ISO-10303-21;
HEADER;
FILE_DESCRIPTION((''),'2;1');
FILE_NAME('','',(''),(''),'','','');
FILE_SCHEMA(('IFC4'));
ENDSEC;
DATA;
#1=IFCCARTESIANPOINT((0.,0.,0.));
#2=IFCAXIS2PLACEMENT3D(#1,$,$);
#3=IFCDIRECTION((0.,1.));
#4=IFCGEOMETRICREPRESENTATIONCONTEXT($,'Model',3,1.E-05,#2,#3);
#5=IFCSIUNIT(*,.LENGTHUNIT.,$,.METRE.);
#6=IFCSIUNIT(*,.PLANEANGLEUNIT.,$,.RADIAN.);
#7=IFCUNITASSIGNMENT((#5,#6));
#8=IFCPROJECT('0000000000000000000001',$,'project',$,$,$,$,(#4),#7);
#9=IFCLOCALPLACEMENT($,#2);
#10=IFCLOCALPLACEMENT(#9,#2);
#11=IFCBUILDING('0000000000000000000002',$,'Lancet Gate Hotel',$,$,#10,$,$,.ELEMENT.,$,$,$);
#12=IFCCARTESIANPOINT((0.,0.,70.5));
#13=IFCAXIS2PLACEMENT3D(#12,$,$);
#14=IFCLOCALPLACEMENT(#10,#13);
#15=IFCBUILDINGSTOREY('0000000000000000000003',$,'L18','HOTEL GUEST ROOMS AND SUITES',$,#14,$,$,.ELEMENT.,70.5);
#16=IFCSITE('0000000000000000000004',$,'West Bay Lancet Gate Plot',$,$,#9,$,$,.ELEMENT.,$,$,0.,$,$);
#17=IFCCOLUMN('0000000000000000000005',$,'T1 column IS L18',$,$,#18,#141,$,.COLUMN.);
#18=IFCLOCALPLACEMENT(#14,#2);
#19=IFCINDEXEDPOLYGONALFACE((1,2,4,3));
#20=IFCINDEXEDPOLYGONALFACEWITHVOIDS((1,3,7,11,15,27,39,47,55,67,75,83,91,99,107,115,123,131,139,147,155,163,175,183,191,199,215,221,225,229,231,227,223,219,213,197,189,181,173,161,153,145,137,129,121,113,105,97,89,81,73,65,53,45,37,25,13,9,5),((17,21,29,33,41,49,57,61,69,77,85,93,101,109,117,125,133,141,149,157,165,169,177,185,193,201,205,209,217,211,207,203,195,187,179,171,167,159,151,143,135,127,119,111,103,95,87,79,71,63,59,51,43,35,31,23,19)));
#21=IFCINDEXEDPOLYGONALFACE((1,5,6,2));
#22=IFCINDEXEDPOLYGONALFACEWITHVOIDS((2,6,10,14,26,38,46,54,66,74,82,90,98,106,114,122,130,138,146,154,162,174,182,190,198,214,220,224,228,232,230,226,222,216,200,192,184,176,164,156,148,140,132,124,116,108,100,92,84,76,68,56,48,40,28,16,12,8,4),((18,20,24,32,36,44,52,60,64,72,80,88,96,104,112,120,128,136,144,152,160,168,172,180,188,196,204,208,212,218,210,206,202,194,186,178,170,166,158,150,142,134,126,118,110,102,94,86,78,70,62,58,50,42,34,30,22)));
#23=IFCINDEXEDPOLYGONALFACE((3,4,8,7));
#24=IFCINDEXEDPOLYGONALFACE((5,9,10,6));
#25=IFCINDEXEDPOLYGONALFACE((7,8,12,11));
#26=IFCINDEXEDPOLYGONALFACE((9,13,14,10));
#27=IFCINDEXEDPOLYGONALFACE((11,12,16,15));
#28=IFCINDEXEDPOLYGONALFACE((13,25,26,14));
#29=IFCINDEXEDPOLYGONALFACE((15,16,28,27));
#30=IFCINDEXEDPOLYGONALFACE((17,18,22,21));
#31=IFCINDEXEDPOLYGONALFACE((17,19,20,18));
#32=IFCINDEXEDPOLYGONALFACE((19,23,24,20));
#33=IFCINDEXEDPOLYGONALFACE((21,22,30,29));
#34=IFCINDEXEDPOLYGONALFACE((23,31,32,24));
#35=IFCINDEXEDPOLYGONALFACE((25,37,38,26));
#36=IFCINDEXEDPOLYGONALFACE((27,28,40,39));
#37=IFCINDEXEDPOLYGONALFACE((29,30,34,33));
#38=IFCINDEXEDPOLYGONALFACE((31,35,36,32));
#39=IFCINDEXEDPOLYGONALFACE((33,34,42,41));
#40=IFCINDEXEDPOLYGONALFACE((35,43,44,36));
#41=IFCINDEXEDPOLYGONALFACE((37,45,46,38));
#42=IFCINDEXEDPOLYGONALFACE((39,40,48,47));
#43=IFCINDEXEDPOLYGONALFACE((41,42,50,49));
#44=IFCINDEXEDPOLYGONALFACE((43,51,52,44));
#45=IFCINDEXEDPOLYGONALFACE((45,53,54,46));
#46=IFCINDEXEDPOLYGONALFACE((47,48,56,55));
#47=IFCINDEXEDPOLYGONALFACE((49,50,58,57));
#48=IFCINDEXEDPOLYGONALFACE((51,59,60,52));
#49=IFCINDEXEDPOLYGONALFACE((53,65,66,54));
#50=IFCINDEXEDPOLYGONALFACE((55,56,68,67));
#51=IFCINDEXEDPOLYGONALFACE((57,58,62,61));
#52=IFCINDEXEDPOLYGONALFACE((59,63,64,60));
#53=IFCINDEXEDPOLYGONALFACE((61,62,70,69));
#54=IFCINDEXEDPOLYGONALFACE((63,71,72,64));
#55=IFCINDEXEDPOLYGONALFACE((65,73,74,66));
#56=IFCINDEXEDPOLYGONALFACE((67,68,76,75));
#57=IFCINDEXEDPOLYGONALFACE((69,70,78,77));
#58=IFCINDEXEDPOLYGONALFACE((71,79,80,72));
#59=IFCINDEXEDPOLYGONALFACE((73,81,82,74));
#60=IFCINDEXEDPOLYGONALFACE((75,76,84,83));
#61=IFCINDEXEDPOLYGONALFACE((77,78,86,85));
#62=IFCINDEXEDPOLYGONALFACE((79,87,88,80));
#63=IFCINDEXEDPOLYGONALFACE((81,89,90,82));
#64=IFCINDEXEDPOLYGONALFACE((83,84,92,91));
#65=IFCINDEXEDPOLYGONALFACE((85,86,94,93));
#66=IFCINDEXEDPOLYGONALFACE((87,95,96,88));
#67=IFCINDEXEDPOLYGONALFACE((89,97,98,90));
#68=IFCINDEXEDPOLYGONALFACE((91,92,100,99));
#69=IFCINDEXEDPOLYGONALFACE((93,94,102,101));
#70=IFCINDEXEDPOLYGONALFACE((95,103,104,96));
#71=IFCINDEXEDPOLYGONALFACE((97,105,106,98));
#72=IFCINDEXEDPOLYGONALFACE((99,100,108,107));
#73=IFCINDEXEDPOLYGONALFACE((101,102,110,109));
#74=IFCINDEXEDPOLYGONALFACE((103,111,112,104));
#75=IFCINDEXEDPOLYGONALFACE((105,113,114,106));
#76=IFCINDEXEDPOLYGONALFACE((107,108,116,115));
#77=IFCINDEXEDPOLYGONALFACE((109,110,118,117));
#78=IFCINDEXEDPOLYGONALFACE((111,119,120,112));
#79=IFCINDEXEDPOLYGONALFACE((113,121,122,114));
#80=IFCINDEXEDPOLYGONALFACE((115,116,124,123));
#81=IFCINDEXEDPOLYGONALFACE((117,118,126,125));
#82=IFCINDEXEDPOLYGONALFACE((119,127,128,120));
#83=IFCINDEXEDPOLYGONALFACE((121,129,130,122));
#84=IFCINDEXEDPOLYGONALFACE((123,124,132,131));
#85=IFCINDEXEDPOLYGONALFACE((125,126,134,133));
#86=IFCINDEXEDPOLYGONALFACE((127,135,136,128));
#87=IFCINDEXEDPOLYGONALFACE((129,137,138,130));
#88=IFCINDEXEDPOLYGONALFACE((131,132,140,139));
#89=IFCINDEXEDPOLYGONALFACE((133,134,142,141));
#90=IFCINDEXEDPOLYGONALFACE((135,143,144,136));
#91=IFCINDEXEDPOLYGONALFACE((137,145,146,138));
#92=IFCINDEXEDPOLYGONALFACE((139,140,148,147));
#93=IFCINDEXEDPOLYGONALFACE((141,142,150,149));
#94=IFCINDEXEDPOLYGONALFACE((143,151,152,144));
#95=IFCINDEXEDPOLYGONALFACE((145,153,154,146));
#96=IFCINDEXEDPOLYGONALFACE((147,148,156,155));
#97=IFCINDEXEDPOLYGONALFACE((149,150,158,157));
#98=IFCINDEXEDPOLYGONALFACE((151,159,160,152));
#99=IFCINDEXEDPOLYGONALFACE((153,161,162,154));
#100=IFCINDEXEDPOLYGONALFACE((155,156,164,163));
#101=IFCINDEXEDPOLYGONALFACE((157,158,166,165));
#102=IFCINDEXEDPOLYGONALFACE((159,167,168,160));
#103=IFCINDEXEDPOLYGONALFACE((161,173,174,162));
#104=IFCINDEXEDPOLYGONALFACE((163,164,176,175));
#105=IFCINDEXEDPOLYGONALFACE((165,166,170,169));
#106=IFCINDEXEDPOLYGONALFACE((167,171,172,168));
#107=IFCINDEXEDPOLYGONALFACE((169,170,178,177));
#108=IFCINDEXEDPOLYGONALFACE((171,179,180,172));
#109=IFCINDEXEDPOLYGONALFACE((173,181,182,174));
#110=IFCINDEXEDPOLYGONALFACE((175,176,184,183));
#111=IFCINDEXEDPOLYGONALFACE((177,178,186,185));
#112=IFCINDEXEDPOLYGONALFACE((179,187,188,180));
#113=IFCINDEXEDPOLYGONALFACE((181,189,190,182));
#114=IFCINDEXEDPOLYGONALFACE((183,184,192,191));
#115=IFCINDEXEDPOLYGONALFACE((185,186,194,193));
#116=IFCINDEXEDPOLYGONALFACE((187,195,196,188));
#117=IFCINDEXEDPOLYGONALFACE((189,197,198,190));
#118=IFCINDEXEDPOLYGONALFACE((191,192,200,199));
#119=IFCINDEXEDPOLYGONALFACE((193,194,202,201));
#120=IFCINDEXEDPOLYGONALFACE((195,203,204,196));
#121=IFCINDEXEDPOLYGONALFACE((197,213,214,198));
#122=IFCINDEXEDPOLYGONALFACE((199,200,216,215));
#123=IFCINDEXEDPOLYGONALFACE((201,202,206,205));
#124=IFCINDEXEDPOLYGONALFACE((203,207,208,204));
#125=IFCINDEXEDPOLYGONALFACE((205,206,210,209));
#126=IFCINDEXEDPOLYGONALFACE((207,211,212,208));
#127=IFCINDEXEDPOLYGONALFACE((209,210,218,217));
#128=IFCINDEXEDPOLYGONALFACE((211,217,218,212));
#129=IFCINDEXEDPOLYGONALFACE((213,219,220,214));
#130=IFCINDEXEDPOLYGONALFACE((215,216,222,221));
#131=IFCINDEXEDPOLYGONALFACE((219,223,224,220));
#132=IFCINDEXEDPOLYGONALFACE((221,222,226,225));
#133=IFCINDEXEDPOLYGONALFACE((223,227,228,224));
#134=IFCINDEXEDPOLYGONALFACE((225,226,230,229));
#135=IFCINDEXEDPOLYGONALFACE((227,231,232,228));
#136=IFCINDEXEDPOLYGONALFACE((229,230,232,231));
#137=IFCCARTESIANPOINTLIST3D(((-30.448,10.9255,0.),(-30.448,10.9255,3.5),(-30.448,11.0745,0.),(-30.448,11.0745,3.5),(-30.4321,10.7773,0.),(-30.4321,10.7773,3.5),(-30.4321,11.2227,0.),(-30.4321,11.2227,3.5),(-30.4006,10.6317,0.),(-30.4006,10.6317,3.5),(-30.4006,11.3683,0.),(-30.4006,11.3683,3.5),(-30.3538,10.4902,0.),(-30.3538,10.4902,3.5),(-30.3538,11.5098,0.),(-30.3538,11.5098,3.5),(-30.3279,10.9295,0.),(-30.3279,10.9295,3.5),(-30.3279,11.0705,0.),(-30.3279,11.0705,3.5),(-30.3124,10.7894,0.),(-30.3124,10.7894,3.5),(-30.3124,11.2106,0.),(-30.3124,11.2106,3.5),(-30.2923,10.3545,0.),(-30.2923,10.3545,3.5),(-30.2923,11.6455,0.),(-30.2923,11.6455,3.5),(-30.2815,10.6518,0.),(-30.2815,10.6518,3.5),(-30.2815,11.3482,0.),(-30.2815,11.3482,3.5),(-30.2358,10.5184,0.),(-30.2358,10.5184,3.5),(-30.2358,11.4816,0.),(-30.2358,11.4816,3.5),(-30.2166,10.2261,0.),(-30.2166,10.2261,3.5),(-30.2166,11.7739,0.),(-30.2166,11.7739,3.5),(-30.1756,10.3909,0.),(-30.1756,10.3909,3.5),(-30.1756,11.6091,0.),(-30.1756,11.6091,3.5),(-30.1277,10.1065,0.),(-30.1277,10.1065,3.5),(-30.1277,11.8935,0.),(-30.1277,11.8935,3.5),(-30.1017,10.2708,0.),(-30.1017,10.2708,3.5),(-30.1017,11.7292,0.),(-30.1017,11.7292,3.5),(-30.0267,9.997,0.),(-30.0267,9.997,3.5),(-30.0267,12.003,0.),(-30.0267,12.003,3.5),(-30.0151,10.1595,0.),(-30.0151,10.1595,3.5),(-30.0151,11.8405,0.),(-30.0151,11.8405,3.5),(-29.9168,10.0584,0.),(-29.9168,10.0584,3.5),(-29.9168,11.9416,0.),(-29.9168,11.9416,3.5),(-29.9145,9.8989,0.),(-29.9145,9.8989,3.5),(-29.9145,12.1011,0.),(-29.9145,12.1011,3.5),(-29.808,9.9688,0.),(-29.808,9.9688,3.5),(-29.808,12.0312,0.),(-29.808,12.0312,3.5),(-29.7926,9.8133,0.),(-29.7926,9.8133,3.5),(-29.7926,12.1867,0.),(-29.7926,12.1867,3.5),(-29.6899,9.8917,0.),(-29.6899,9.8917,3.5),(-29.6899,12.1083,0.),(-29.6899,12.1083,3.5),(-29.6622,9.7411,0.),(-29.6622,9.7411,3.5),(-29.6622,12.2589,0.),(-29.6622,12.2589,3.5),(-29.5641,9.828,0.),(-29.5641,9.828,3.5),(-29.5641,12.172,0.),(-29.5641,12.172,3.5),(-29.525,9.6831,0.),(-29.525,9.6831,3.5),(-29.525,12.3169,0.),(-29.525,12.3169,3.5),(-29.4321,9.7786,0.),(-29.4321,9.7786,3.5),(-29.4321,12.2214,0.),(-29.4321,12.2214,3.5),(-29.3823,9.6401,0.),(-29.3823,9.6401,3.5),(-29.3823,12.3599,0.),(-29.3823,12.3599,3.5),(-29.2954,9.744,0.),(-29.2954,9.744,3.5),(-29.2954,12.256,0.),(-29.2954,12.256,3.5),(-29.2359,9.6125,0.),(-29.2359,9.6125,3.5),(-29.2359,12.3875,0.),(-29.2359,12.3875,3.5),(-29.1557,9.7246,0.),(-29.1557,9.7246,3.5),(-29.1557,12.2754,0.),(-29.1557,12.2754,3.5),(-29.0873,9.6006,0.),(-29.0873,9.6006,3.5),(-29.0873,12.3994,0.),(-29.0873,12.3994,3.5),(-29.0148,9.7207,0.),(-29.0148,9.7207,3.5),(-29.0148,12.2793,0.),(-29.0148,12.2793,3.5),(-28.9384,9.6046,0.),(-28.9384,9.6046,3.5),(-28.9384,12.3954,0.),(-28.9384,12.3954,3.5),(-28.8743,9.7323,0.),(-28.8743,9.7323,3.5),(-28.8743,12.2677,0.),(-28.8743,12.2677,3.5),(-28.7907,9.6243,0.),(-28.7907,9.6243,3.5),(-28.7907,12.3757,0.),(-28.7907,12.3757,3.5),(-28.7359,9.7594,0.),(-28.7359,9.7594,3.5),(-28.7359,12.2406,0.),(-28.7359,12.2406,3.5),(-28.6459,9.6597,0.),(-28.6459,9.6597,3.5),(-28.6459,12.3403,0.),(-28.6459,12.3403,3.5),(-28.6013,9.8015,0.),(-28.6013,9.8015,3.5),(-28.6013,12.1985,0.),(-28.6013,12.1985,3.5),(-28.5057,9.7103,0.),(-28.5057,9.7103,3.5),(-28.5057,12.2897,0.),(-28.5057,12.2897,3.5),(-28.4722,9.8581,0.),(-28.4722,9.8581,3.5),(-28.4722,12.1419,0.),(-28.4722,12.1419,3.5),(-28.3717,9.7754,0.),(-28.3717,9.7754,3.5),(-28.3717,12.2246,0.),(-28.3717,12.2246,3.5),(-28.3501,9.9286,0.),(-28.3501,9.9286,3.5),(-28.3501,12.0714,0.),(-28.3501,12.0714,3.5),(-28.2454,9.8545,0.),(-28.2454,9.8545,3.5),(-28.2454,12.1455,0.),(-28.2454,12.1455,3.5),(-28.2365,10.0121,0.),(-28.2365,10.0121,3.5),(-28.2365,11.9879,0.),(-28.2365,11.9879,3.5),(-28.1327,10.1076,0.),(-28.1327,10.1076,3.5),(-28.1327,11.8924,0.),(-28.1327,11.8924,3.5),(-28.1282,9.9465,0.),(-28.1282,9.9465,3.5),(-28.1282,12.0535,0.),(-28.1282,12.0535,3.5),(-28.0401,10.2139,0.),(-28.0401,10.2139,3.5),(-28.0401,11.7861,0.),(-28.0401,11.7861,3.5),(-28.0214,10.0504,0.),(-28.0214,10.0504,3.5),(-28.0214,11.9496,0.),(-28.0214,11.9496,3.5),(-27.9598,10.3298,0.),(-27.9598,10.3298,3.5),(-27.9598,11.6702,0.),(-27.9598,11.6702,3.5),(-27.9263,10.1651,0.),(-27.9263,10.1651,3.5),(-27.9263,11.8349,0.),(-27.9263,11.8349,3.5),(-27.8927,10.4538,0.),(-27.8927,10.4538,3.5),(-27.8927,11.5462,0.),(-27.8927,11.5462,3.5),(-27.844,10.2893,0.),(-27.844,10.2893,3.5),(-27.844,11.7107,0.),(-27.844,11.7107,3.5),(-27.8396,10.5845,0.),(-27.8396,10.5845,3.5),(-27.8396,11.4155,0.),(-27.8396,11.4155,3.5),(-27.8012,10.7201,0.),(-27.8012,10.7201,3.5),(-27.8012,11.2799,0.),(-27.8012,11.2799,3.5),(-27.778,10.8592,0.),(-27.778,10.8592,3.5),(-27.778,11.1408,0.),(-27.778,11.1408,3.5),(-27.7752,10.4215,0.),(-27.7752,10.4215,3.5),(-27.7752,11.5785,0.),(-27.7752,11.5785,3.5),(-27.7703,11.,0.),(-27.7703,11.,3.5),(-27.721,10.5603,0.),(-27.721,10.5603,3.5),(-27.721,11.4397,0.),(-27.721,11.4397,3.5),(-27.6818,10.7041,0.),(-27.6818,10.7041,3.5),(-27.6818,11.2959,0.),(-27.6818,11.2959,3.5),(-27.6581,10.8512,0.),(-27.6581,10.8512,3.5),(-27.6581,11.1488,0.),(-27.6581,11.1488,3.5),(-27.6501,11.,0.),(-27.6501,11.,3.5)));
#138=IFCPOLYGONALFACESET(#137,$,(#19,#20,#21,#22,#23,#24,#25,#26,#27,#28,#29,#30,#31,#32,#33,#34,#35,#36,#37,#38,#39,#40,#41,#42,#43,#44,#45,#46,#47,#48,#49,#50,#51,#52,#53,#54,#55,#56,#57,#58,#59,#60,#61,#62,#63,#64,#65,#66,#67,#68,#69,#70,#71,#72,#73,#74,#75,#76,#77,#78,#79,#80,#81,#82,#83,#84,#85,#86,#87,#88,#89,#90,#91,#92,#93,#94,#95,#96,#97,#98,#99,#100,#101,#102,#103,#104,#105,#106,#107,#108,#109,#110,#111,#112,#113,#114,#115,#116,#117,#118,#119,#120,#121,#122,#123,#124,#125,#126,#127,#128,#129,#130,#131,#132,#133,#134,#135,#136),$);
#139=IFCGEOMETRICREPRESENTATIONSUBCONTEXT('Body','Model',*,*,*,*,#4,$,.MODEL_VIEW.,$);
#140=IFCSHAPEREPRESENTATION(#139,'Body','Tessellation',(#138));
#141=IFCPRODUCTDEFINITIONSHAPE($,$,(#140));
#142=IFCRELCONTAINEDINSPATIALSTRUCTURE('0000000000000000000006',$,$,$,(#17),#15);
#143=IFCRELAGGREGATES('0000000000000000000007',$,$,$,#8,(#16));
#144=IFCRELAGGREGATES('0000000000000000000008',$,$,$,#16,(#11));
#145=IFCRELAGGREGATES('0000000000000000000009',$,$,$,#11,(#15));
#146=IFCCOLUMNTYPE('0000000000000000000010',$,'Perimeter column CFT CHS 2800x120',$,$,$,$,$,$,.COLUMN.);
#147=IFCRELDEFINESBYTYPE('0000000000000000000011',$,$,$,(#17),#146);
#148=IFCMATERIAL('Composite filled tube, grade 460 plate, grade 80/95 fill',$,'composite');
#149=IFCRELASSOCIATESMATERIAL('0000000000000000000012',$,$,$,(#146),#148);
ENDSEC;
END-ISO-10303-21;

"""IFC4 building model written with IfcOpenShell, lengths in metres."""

from ifc_helpers import new_model, si_unit, direction, frame, origin, origin_2d, place, context, subcontext, project, spatial, hollow_circle, extrude, material, material_profile, profile_set, type_object, element, save


model = new_model("IFC4")

# Units and contexts
model_context = context("Model", 3, precision=1e-05, world=origin(), true_north=direction((0.0, 1.0)))
body_context = subcontext(model_context, "Body", "Model", "MODEL_VIEW")
ifc_project = project(units=[si_unit("LENGTHUNIT", "METRE"), si_unit("PLANEANGLEUNIT", "RADIAN")], contexts=[model_context])

# Site, building, storey
site_placement = place(None, origin())
site = spatial("IfcSite", under=ifc_project, at=site_placement, Name="West Bay Lancet Gate Plot", CompositionType="ELEMENT", RefElevation=0.0)
building_placement = place(site_placement, origin())
building = spatial("IfcBuilding", under=site, at=building_placement, Name="Lancet Gate Hotel", CompositionType="ELEMENT")
storey_placement = place(building_placement, frame((0.0, 0.0, 70.5)))
storey = spatial("IfcBuildingStorey", under=building, at=storey_placement, Name="L18", Description="HOTEL GUEST ROOMS AND SUITES", CompositionType="ELEMENT", Elevation=70.5)

# Column
ifc_material_1 = material(Name="Composite filled tube, grade 460 plate, grade 80/95 fill", Category="composite")
ifc_material_profile_1 = material_profile(ifc_material_1, hollow_circle(Radius=1.3999, WallThickness=0.1201, at=origin_2d()), Name="CHS 2800x120")
ifc_profile_set_1 = profile_set([ifc_material_profile_1], Name="Composite filled tube, grade 460 plate, grade 80/95 fill")
column_type = type_object("IfcColumnType", Name="Perimeter column CFT CHS 2800x120", PredefinedType="COLUMN", material=ifc_profile_set_1)
for number, where, z_axis, x_axis, name in (
    (1, (-29.05, 11.0, 0.0), (0.0, 0.0, 1.0), (1.0, 0.0, 0.0), "T1 column IS L18"),
):
    element("IfcColumn", number, at=place(storey_placement, frame(where, z_axis=z_axis, x_axis=x_axis)), inside=storey, type_object=column_type, Name=name, PredefinedType="COLUMN", context=body_context, shape_type="SweptSolid", body=[
        extrude(hollow_circle(Radius=1.3999, WallThickness=0.1201, at=origin_2d()), origin(), (0.0, 0.0, 1.0), 3.5),
    ])

save(model, "model.ifc")
